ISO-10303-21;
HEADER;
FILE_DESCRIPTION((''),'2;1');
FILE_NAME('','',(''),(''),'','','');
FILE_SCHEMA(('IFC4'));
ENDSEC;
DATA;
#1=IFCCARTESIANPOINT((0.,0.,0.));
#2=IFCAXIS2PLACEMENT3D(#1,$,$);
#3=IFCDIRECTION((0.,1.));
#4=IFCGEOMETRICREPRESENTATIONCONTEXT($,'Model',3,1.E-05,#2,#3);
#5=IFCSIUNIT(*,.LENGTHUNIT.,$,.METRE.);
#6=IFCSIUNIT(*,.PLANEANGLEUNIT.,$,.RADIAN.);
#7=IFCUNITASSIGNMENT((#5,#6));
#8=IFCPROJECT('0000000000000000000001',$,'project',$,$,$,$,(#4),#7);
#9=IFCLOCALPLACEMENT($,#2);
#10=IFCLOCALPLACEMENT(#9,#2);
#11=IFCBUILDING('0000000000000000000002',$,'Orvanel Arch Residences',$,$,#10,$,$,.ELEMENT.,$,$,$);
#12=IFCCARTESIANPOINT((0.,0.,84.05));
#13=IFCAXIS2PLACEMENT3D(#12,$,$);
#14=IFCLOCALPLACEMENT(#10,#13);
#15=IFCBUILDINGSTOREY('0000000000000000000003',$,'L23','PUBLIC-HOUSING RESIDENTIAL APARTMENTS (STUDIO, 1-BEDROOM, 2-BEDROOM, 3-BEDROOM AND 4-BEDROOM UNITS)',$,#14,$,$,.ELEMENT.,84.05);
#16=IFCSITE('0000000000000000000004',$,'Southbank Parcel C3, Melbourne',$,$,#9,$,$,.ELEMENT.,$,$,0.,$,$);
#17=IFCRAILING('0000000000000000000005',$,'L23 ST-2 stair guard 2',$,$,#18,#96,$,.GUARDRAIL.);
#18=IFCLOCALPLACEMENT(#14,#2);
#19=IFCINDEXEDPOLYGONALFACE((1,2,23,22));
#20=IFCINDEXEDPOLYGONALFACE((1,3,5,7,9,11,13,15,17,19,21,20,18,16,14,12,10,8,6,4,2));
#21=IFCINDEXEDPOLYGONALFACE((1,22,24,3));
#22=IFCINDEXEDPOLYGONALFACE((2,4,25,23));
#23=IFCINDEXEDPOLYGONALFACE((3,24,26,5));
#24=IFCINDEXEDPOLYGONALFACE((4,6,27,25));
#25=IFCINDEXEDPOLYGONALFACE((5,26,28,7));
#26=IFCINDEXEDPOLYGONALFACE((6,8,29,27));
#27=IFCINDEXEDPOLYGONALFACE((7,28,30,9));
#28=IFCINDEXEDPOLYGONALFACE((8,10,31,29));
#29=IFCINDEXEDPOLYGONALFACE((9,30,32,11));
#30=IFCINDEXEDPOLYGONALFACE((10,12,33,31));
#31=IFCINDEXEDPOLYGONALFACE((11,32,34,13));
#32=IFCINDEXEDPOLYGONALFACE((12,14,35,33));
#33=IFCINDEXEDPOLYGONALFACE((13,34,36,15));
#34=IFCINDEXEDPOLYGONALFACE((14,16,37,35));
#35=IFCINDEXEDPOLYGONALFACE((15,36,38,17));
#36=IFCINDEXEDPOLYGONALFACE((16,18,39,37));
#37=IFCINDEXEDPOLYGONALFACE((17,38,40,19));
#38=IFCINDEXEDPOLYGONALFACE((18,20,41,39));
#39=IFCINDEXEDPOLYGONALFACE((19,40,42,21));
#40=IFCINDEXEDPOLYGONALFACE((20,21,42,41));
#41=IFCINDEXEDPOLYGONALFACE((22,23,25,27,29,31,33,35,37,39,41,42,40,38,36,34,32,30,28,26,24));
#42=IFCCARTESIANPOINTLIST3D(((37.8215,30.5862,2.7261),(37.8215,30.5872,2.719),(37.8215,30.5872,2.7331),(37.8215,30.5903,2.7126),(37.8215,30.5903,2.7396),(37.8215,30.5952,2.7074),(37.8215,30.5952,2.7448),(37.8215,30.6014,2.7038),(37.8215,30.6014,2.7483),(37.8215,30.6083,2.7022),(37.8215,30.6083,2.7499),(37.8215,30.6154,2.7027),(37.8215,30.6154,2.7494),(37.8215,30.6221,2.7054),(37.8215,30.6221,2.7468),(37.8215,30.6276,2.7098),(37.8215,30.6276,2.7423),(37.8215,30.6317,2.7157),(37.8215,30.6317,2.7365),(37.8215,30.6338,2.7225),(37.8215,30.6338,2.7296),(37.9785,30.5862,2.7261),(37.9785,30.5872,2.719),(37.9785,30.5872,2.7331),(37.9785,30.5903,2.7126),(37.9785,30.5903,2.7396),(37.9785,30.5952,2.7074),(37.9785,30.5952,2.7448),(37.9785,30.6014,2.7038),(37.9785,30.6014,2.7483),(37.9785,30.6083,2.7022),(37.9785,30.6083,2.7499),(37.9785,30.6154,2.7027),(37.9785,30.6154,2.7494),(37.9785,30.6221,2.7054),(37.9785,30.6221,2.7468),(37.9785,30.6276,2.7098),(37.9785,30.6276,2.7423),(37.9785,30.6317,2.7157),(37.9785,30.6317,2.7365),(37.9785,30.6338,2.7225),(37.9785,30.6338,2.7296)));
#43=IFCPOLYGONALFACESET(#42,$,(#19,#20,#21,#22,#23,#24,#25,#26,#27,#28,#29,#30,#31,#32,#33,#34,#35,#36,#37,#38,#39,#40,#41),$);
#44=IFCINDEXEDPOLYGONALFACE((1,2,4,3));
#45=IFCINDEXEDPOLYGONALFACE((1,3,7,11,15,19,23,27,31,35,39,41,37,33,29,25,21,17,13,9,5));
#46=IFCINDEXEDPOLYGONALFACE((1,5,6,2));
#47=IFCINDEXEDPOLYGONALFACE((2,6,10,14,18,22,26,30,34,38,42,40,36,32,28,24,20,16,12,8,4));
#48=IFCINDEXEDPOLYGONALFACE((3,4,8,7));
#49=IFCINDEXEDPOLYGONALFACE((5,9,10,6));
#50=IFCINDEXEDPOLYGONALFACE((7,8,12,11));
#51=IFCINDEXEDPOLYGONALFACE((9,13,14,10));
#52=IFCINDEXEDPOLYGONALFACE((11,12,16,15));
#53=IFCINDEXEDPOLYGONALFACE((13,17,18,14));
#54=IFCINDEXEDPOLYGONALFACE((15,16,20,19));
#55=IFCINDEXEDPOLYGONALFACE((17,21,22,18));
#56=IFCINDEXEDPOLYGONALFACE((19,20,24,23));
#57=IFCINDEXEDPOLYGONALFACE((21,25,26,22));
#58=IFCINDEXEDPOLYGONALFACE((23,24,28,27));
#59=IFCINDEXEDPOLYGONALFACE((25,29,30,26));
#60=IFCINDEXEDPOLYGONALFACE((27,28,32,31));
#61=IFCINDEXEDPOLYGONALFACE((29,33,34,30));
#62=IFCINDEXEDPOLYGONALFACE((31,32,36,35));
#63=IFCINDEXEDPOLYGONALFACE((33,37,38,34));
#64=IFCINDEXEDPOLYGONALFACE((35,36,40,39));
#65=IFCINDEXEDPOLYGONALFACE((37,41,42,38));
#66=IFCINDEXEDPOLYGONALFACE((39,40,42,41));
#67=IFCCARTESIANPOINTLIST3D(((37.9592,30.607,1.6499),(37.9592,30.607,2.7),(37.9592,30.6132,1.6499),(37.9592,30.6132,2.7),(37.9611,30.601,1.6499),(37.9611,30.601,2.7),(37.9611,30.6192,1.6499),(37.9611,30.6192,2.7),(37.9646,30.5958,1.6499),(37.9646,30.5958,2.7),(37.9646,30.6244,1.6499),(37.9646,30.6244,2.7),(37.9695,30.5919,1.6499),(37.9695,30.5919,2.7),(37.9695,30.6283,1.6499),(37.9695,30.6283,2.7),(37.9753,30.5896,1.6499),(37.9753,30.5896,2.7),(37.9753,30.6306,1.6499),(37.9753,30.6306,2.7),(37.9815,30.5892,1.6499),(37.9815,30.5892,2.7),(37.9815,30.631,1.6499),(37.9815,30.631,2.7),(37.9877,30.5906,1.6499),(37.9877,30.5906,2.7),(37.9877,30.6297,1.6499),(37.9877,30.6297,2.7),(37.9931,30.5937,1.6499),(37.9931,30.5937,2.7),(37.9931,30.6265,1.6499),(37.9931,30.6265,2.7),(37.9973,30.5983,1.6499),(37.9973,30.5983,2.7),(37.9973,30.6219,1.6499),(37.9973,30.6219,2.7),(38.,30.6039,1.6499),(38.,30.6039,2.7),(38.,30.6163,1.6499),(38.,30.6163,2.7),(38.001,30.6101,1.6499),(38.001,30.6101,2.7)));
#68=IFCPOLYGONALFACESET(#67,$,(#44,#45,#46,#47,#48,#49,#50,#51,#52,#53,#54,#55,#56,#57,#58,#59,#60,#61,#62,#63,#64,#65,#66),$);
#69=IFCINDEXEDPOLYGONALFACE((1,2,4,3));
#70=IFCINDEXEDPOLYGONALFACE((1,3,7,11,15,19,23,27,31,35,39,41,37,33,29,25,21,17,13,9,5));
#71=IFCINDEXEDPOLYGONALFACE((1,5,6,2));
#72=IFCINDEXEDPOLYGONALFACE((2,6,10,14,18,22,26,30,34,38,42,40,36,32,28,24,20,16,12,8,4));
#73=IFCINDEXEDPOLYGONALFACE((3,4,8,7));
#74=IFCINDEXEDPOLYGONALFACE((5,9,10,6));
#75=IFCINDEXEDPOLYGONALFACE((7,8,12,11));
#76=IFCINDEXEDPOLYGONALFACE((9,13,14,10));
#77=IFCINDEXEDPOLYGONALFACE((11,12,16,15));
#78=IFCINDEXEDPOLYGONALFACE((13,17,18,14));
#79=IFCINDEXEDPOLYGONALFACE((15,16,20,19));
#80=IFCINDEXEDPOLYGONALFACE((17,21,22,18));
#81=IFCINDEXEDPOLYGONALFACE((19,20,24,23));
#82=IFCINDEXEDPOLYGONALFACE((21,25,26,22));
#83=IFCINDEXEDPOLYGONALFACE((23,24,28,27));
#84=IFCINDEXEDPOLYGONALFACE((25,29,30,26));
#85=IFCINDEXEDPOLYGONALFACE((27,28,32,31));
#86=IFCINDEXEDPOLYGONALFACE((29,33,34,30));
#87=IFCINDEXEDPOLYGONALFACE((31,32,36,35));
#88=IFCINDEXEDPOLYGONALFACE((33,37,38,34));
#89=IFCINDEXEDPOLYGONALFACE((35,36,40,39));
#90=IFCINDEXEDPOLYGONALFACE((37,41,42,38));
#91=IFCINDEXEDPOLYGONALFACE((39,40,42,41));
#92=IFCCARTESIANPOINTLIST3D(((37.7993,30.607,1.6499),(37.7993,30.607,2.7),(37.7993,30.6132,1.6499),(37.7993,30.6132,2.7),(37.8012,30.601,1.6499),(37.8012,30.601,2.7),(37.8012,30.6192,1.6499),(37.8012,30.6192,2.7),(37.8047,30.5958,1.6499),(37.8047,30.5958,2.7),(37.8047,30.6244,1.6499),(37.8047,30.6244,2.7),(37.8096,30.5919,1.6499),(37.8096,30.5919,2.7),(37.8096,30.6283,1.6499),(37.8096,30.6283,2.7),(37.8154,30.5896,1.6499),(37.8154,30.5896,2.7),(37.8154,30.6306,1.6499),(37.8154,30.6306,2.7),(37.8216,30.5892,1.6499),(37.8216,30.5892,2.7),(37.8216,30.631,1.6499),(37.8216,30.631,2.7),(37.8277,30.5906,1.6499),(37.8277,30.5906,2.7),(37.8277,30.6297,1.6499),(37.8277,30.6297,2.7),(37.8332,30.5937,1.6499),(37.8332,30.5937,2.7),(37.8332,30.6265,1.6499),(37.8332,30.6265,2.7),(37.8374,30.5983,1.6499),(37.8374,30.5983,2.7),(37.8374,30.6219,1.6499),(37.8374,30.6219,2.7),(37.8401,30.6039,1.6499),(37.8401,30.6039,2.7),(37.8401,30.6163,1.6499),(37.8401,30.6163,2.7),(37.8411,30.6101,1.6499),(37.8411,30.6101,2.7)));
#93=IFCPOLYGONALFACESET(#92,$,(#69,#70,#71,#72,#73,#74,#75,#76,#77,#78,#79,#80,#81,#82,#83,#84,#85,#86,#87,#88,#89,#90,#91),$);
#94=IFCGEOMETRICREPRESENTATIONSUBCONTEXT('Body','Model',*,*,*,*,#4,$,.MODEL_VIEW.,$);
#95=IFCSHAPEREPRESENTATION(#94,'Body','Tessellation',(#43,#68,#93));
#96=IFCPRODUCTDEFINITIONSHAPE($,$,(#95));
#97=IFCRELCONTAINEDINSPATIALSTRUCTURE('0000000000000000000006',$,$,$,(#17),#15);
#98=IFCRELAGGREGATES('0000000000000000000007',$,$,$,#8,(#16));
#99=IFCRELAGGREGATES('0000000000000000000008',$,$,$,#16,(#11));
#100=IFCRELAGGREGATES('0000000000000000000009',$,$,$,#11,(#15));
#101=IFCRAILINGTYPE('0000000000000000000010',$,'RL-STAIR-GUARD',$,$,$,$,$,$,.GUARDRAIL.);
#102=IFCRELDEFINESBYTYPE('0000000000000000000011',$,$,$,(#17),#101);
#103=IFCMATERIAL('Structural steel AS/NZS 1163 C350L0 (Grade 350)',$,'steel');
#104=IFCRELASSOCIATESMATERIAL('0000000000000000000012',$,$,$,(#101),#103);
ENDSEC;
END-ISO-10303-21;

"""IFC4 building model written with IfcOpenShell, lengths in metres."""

from ifc_helpers import new_model, si_unit, direction, frame, origin, origin_2d, place, context, subcontext, project, spatial, circle, extrude, material, type_object, element, save


model = new_model("IFC4")

# Units and contexts
model_context = context("Model", 3, precision=1e-05, world=origin(), true_north=direction((0.0, 1.0)))
body_context = subcontext(model_context, "Body", "Model", "MODEL_VIEW")
ifc_project = project(units=[si_unit("LENGTHUNIT", "METRE"), si_unit("PLANEANGLEUNIT", "RADIAN")], contexts=[model_context])

# Site, building, storey
site_placement = place(None, origin())
site = spatial("IfcSite", under=ifc_project, at=site_placement, Name="Southbank Parcel C3, Melbourne", CompositionType="ELEMENT", RefElevation=0.0)
building_placement = place(site_placement, origin())
building = spatial("IfcBuilding", under=site, at=building_placement, Name="Orvanel Arch Residences", CompositionType="ELEMENT")
storey_placement = place(building_placement, frame((0.0, 0.0, 84.05)))
storey = spatial("IfcBuildingStorey", under=building, at=storey_placement, Name="L23", Description="PUBLIC-HOUSING RESIDENTIAL APARTMENTS (STUDIO, 1-BEDROOM, 2-BEDROOM, 3-BEDROOM AND 4-BEDROOM UNITS)", CompositionType="ELEMENT", Elevation=84.05)

# Railing
ifc_material_1 = material(Name="Structural steel AS/NZS 1163 C350L0 (Grade 350)", Category="steel")
railing_type_1 = type_object("IfcRailingType", Name="RL-STAIR-GUARD", PredefinedType="GUARDRAIL", material=ifc_material_1)
railing_1_placement = place(storey_placement, frame((37.98, 30.6101, 1.6499)))
element("IfcRailing", 1, at=railing_1_placement, inside=storey, type_object=railing_type_1, Name="L23 ST-2 stair guard 2", PredefinedType="GUARDRAIL", context=body_context, shape_type="SweptSolid", body=[
    extrude(circle(Radius=0.0239, at=origin_2d()), frame((-0.0015, 0.0, 1.0762), z_axis=(-1.0, 0.0, 0.0), x_axis=(0.0, -1.0, 0.0)), (0.0, 0.0, 1.0), 0.157),
    extrude(circle(Radius=0.021, at=origin_2d()), origin(), (0.0, 0.0, 1.0), 1.05),
    extrude(circle(Radius=0.021, at=origin_2d()), frame((-0.1599, 0.0, 0.0)), (0.0, 0.0, 1.0), 1.05),
])

save(model, "model.ifc")
